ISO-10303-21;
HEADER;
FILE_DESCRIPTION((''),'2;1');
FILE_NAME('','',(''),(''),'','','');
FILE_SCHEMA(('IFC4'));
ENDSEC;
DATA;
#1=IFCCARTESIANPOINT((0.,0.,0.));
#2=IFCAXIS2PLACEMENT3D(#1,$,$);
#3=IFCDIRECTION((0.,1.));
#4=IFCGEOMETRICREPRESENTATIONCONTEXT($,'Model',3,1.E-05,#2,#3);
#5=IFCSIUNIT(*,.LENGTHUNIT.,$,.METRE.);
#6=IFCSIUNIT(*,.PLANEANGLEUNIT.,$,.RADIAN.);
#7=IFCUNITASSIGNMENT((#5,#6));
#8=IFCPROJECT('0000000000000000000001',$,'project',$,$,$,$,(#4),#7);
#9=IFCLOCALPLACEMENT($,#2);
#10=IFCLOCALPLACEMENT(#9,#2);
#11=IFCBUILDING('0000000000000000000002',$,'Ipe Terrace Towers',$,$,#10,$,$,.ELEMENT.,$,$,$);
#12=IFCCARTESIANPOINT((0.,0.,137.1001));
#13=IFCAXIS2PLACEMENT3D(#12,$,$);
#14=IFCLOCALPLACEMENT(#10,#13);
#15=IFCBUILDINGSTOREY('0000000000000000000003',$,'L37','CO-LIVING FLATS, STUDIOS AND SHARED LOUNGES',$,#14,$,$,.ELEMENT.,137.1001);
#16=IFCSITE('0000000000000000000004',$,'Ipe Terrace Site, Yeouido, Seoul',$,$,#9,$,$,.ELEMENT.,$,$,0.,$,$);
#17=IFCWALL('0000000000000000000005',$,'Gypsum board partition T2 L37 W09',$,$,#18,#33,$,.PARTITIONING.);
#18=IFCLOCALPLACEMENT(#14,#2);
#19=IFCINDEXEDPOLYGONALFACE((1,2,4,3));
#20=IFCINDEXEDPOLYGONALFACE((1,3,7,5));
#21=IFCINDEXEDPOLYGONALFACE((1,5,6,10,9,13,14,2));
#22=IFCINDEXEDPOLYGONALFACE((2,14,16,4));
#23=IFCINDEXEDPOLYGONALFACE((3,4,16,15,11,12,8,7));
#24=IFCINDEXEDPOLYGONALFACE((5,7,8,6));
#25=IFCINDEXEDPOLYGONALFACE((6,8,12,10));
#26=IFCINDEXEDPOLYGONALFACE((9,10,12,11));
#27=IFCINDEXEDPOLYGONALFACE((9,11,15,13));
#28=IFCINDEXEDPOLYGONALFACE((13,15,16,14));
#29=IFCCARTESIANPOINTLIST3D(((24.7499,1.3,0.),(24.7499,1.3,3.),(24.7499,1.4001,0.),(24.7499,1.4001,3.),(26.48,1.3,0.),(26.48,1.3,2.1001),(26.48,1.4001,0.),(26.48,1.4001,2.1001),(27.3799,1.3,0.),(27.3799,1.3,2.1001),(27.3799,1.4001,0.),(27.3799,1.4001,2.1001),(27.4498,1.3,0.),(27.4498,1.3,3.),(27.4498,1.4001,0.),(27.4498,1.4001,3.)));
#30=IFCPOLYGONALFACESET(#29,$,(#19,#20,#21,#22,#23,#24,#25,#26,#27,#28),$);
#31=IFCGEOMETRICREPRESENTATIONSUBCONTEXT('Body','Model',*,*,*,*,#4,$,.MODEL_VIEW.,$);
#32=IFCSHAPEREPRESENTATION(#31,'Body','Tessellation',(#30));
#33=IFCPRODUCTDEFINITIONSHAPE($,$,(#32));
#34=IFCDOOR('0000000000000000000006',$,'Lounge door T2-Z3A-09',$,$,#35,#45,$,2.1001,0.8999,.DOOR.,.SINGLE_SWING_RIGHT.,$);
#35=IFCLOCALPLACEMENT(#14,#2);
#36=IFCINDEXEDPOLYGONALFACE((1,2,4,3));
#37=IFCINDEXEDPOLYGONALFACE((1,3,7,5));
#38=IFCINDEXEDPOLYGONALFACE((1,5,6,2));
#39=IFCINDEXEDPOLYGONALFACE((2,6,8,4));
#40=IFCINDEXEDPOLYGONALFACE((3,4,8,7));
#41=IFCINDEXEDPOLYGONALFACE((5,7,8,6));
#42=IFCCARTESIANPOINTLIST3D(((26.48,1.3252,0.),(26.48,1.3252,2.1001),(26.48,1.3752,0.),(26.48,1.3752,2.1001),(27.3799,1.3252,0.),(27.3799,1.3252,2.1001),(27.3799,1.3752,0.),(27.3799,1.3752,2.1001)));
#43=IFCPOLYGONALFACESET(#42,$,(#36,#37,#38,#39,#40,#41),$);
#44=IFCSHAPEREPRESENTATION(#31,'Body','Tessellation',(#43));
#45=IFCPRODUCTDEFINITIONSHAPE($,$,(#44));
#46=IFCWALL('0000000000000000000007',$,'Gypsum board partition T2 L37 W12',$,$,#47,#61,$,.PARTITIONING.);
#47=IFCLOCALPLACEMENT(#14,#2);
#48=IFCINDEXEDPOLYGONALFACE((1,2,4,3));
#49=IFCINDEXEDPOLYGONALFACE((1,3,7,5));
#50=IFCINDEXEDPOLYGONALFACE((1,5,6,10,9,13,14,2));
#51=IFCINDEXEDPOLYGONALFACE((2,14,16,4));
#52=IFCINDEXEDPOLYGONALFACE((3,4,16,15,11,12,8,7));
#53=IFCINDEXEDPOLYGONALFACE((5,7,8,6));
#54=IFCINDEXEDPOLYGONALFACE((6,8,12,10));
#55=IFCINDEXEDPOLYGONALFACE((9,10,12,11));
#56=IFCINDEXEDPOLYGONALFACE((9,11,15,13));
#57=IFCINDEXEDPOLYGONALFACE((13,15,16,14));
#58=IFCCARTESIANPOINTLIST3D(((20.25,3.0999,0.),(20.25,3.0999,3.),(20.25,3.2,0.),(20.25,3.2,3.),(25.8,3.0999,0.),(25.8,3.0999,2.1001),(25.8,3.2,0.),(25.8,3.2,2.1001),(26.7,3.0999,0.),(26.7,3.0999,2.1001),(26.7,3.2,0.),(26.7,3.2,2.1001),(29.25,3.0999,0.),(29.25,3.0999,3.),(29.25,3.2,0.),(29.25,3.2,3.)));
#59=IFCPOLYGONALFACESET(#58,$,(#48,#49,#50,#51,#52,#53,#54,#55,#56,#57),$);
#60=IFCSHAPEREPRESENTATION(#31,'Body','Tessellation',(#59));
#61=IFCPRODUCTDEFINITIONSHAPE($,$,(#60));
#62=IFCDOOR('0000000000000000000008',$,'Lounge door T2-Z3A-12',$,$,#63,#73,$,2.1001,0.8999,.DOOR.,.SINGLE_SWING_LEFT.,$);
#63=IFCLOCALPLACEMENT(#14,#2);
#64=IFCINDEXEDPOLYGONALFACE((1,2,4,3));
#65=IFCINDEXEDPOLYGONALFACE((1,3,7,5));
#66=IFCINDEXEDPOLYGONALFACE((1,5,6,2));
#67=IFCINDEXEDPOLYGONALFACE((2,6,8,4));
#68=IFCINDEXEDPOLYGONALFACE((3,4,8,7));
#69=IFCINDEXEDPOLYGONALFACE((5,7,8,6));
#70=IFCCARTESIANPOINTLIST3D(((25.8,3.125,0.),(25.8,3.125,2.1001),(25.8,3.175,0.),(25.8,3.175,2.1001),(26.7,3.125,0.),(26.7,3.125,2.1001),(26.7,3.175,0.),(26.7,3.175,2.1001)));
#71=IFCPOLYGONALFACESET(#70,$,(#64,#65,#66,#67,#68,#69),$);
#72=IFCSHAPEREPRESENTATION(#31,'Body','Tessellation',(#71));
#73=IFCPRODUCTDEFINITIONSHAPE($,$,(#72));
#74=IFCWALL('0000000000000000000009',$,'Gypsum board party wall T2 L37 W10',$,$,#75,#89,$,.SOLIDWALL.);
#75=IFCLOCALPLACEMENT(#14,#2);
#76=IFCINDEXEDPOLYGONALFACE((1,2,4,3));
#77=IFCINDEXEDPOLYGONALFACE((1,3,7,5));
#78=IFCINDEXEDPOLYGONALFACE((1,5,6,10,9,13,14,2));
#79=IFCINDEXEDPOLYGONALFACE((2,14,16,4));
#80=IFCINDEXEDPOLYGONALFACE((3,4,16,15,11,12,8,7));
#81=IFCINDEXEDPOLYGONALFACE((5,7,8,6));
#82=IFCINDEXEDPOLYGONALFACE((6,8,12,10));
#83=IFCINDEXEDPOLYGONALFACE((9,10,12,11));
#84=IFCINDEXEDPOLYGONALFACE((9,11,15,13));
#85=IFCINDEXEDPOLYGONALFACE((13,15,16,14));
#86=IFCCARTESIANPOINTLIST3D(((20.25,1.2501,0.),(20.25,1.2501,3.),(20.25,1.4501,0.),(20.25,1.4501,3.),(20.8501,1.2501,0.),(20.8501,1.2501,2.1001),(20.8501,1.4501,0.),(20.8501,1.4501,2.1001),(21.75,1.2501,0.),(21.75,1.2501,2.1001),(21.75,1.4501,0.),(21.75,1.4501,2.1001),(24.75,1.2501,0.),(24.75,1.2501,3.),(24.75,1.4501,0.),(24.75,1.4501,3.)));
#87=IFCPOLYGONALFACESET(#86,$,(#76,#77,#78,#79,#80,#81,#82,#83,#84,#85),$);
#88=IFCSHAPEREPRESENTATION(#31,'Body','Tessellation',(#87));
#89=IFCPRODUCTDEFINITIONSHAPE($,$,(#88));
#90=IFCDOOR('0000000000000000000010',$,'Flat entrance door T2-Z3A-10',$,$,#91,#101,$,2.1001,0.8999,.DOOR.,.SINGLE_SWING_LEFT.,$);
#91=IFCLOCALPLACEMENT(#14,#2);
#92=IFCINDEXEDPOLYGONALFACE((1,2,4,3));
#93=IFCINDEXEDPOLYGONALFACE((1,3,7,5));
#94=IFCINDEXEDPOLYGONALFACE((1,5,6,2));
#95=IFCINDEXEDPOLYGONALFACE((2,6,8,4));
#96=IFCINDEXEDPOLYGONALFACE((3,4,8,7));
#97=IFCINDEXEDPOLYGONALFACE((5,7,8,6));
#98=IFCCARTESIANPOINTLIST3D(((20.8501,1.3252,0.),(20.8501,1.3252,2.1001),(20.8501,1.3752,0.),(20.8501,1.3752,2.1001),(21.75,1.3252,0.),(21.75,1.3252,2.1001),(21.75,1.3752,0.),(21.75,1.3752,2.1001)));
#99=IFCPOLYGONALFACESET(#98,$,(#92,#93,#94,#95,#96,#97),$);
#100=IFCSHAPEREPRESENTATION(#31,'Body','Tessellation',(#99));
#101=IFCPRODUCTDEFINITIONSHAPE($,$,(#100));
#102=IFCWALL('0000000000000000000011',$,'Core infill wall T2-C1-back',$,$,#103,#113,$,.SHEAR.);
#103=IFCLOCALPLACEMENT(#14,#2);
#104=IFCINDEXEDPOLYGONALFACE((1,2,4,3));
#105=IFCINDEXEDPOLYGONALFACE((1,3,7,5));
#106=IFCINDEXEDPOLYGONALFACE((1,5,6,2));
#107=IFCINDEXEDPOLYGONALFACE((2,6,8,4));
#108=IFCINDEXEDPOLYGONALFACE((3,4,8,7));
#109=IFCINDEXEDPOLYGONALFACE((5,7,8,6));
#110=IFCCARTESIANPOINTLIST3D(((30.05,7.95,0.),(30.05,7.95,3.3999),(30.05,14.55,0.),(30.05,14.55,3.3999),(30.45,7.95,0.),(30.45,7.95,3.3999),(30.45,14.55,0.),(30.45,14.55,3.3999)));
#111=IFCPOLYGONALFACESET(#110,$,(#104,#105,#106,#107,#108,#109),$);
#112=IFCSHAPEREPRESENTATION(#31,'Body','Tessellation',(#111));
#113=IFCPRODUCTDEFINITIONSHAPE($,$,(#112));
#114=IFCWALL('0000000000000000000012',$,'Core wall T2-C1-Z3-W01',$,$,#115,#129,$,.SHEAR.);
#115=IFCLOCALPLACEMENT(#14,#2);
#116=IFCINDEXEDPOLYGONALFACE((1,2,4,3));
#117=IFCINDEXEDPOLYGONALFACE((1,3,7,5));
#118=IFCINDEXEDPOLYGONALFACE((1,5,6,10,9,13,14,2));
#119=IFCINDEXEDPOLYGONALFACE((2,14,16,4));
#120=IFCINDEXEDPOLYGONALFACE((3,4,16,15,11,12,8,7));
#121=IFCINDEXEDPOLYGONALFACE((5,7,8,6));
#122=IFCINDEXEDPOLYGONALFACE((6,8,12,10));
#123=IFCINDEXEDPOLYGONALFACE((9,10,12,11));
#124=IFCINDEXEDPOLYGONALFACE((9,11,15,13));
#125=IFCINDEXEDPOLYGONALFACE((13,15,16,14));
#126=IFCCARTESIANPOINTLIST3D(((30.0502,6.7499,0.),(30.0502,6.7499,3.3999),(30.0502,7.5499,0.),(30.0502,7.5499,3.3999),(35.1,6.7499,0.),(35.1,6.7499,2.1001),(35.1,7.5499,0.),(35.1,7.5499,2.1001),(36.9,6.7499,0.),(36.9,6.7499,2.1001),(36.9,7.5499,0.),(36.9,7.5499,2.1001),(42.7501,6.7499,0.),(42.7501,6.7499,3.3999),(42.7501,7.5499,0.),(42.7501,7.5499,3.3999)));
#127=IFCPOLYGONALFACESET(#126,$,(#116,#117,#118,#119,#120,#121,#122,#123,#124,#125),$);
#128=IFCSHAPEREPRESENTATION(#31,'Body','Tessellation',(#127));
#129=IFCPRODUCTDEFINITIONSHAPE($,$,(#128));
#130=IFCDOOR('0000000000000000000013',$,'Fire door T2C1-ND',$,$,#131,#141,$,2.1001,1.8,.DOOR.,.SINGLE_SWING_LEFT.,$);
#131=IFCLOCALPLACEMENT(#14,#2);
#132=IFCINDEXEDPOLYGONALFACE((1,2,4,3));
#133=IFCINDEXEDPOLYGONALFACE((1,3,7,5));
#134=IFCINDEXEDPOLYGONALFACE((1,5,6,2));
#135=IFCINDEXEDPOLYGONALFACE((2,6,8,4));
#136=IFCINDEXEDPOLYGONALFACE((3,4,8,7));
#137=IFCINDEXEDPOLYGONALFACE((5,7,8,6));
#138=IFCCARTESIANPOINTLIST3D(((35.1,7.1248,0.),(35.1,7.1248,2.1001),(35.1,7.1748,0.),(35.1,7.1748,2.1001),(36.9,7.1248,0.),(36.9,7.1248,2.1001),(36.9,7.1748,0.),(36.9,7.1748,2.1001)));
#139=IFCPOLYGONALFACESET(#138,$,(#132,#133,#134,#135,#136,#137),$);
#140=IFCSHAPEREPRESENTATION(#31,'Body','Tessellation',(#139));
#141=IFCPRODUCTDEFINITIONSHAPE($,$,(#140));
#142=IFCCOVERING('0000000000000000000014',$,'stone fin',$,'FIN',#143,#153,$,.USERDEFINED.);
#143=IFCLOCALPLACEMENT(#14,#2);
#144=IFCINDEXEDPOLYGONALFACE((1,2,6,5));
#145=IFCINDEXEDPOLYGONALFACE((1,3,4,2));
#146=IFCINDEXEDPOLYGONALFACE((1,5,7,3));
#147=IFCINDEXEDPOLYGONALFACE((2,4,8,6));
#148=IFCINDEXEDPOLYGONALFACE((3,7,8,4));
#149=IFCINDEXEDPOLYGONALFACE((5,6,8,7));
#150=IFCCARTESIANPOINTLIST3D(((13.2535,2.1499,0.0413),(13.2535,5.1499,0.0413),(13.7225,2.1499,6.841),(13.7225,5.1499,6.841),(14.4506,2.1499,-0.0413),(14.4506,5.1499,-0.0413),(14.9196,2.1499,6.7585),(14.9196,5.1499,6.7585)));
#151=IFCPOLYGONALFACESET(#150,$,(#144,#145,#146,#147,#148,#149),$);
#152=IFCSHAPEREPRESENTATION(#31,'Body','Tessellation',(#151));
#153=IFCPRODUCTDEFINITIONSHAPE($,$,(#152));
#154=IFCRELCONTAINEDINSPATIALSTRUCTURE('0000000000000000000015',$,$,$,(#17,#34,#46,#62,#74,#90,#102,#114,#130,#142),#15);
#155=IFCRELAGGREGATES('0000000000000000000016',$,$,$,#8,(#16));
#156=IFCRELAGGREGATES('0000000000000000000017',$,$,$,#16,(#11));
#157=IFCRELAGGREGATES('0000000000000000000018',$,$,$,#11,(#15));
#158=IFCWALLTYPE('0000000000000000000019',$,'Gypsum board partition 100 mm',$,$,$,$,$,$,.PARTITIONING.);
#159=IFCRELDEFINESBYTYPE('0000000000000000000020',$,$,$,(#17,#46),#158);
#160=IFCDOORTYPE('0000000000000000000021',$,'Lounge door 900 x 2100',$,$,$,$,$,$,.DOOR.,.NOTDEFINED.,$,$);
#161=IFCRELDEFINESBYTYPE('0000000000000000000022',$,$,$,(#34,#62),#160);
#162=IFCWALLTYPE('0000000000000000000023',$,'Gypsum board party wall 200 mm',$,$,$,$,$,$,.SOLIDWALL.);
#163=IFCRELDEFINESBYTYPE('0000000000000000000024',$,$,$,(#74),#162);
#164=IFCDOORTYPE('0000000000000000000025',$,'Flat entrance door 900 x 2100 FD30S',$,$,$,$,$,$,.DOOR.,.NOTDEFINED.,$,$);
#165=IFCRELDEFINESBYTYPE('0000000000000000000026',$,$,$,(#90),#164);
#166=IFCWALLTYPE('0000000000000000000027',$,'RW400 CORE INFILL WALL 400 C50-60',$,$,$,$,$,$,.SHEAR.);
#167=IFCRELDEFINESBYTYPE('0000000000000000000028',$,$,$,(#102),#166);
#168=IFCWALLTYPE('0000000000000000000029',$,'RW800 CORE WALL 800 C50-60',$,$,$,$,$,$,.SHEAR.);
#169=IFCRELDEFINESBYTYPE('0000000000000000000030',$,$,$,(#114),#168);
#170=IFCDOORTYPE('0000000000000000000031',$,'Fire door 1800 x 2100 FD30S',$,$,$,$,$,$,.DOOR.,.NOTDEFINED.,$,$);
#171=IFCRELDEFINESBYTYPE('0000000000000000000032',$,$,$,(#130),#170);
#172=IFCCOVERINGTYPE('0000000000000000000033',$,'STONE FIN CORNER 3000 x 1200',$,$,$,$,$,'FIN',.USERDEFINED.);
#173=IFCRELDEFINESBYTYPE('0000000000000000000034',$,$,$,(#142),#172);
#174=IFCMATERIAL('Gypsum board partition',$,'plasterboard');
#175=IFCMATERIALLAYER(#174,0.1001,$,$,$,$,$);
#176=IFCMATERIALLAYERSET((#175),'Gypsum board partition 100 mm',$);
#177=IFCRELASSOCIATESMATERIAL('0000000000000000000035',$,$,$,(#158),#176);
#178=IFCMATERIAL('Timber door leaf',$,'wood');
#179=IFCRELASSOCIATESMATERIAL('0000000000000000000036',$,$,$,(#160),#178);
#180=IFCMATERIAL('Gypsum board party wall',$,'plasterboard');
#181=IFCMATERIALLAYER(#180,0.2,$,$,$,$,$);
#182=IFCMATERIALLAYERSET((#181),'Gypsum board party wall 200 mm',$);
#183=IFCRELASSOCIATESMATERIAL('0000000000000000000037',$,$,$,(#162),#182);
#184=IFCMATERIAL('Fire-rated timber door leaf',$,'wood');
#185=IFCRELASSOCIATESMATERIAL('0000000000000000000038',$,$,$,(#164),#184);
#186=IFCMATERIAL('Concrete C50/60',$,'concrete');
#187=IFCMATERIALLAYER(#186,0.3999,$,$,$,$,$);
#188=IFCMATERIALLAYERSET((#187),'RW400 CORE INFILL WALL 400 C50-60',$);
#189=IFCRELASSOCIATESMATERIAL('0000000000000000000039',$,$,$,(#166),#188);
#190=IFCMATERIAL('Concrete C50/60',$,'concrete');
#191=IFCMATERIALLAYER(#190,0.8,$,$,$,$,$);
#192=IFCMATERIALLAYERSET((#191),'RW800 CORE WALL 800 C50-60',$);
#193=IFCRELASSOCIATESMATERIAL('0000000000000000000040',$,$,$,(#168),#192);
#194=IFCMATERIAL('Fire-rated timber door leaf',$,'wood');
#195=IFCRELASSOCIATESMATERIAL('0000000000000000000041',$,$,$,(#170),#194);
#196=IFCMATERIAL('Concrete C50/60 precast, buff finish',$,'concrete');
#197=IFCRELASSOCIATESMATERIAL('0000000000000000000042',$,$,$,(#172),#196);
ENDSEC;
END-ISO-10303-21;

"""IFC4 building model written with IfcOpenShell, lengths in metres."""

from ifc_helpers import new_model, si_unit, direction, frame, frame_2d, origin, origin_2d, place, context, subcontext, project, spatial, rectangle, extrude, material, layer, layer_set, material_profile, profile_set, type_object, element, fill, save


model = new_model("IFC4")

# Units and contexts
model_context = context("Model", 3, precision=1e-05, world=origin(), true_north=direction((0.0, 1.0)))
body_context = subcontext(model_context, "Body", "Model", "MODEL_VIEW")
ifc_project = project(units=[si_unit("LENGTHUNIT", "METRE"), si_unit("PLANEANGLEUNIT", "RADIAN")], contexts=[model_context])

# Site, building, storey
site_placement = place(None, origin())
site = spatial("IfcSite", under=ifc_project, at=site_placement, Name="Ipe Terrace Site, Yeouido, Seoul", CompositionType="ELEMENT", RefElevation=0.0)
building_placement = place(site_placement, origin())
building = spatial("IfcBuilding", under=site, at=building_placement, Name="Ipe Terrace Towers", CompositionType="ELEMENT")
storey_placement = place(building_placement, frame((0.0, 0.0, 137.1001)))
storey = spatial("IfcBuildingStorey", under=building, at=storey_placement, Name="L37", Description="CO-LIVING FLATS, STUDIOS AND SHARED LOUNGES", CompositionType="ELEMENT", Elevation=137.1001)

# Walls, openings, doors
ifc_material_1 = material(Name="Gypsum board partition", Category="plasterboard")
ifc_layer_1 = layer(ifc_material_1, 0.1001)
ifc_layer_set_1 = layer_set([ifc_layer_1], Name="Gypsum board partition 100 mm")
wall_type_1 = type_object("IfcWallType", Name="Gypsum board partition 100 mm", PredefinedType="PARTITIONING", material=ifc_layer_set_1)
wall_1_placement = place(storey_placement, frame((27.45, 1.3501, 0.0), z_axis=(0.0, 0.0, 1.0), x_axis=(-1.0, 0.0, 0.0)))
wall_1 = element("IfcWall", 1, at=wall_1_placement, inside=storey, type_object=wall_type_1, Name="Gypsum board partition T2 L37 W09", PredefinedType="PARTITIONING", context=body_context, shape_type="SweptSolid", body=[
    extrude(rectangle(XDim=2.7, YDim=0.1001, at=frame_2d((1.3501, 0.0))), origin(), (0.0, 0.0, 1.0), 3.0),
])
opening_1_placement = place(wall_1_placement, frame((0.0701, 0.0, 0.0)))
opening_1 = element("IfcOpeningElement", 2, at=opening_1_placement, cuts=wall_1, PredefinedType="OPENING", context=body_context, shape_type="SweptSolid", body=[
    extrude(rectangle(XDim=0.8999, YDim=2.1001, at=frame_2d((0.45, 1.05))), frame((0.0, 0.0601, 0.0), z_axis=(0.0, -1.0, 0.0), x_axis=(1.0, 0.0, 0.0)), (0.0, 0.0, 1.0), 0.1201),
])
ifc_material_2 = material(Name="Timber door leaf", Category="wood")
door_type_1 = type_object("IfcDoorType", Name="Lounge door 900 x 2100", OperationType="NOTDEFINED", PredefinedType="DOOR", material=ifc_material_2)
door_1_placement = place(opening_1_placement, origin())
door_1 = element("IfcDoor", 3, at=door_1_placement, inside=storey, type_object=door_type_1, Name="Lounge door T2-Z3A-09", OperationType="SINGLE_SWING_RIGHT", OverallHeight=2.1001, OverallWidth=0.8999, PredefinedType="DOOR", context=body_context, shape_type="SweptSolid", body=[
    extrude(rectangle(XDim=0.8999, YDim=2.1001, at=frame_2d((0.45, 1.05))), frame((0.0, 0.0249, 0.0), z_axis=(0.0, -1.0, 0.0), x_axis=(1.0, 0.0, 0.0)), (0.0, 0.0, 1.0), 0.05),
])
fill(opening_1, door_1)
wall_2_placement = place(storey_placement, frame((29.25, 3.1499, 0.0), z_axis=(0.0, 0.0, 1.0), x_axis=(-1.0, 0.0, 0.0)))
wall_2 = element("IfcWall", 4, at=wall_2_placement, inside=storey, type_object=wall_type_1, Name="Gypsum board partition T2 L37 W12", PredefinedType="PARTITIONING", context=body_context, shape_type="SweptSolid", body=[
    extrude(rectangle(XDim=9.0, YDim=0.1001, at=frame_2d((4.5, 0.0))), origin(), (0.0, 0.0, 1.0), 3.0),
])
opening_2_placement = place(wall_2_placement, frame((2.55, 0.0, 0.0)))
opening_2 = element("IfcOpeningElement", 5, at=opening_2_placement, cuts=wall_2, PredefinedType="OPENING", context=body_context, shape_type="SweptSolid", body=[
    extrude(rectangle(XDim=0.8999, YDim=2.1001, at=frame_2d((0.45, 1.05))), frame((0.0, 0.0601, 0.0), z_axis=(0.0, -1.0, 0.0), x_axis=(1.0, 0.0, 0.0)), (0.0, 0.0, 1.0), 0.1201),
])
door_2_placement = place(opening_2_placement, origin())
door_2 = element("IfcDoor", 6, at=door_2_placement, inside=storey, type_object=door_type_1, Name="Lounge door T2-Z3A-12", OperationType="SINGLE_SWING_LEFT", OverallHeight=2.1001, OverallWidth=0.8999, PredefinedType="DOOR", context=body_context, shape_type="SweptSolid", body=[
    extrude(rectangle(XDim=0.8999, YDim=2.1001, at=frame_2d((0.45, 1.05))), frame((0.0, 0.0249, 0.0), z_axis=(0.0, -1.0, 0.0), x_axis=(1.0, 0.0, 0.0)), (0.0, 0.0, 1.0), 0.05),
])
fill(opening_2, door_2)
ifc_material_3 = material(Name="Gypsum board party wall", Category="plasterboard")
ifc_layer_2 = layer(ifc_material_3, 0.2)
ifc_layer_set_2 = layer_set([ifc_layer_2], Name="Gypsum board party wall 200 mm")
wall_type_2 = type_object("IfcWallType", Name="Gypsum board party wall 200 mm", PredefinedType="SOLIDWALL", material=ifc_layer_set_2)
wall_3_placement = place(storey_placement, frame((24.75, 1.3501, 0.0), z_axis=(0.0, 0.0, 1.0), x_axis=(-1.0, 0.0, 0.0)))
wall_3 = element("IfcWall", 7, at=wall_3_placement, inside=storey, type_object=wall_type_2, Name="Gypsum board party wall T2 L37 W10", PredefinedType="SOLIDWALL", context=body_context, shape_type="SweptSolid", body=[
    extrude(rectangle(XDim=4.5, YDim=0.2, at=frame_2d((2.25, 0.0))), origin(), (0.0, 0.0, 1.0), 3.0),
])
opening_3_placement = place(wall_3_placement, frame((3.0, 0.0, 0.0)))
opening_3 = element("IfcOpeningElement", 8, at=opening_3_placement, cuts=wall_3, PredefinedType="OPENING", context=body_context, shape_type="SweptSolid", body=[
    extrude(rectangle(XDim=0.8999, YDim=2.1001, at=frame_2d((0.45, 1.05))), frame((0.0, 0.1099, 0.0), z_axis=(0.0, -1.0, 0.0), x_axis=(1.0, 0.0, 0.0)), (0.0, 0.0, 1.0), 0.22),
])
ifc_material_4 = material(Name="Fire-rated timber door leaf", Category="wood")
door_type_2 = type_object("IfcDoorType", Name="Flat entrance door 900 x 2100 FD30S", OperationType="NOTDEFINED", PredefinedType="DOOR", material=ifc_material_4)
door_3_placement = place(opening_3_placement, origin())
door_3 = element("IfcDoor", 9, at=door_3_placement, inside=storey, type_object=door_type_2, Name="Flat entrance door T2-Z3A-10", OperationType="SINGLE_SWING_LEFT", OverallHeight=2.1001, OverallWidth=0.8999, PredefinedType="DOOR", context=body_context, shape_type="SweptSolid", body=[
    extrude(rectangle(XDim=0.8999, YDim=2.1001, at=frame_2d((0.45, 1.05))), frame((0.0, 0.0249, 0.0), z_axis=(0.0, -1.0, 0.0), x_axis=(1.0, 0.0, 0.0)), (0.0, 0.0, 1.0), 0.05),
])
fill(opening_3, door_3)

# Wall
ifc_material_5 = material(Name="Concrete C50/60", Category="concrete")
ifc_layer_3 = layer(ifc_material_5, 0.3999)
ifc_layer_set_3 = layer_set([ifc_layer_3], Name="RW400 CORE INFILL WALL 400 C50-60")
wall_type_3 = type_object("IfcWallType", Name="RW400 CORE INFILL WALL 400 C50-60", PredefinedType="SHEAR", material=ifc_layer_set_3)
wall_4_placement = place(storey_placement, frame((30.25, 7.95, 0.0), z_axis=(0.0, 0.0, 1.0), x_axis=(0.0, 1.0, 0.0)))
element("IfcWall", 10, at=wall_4_placement, inside=storey, type_object=wall_type_3, Name="Core infill wall T2-C1-back", PredefinedType="SHEAR", context=body_context, shape_type="SweptSolid", body=[
    extrude(rectangle(XDim=6.6001, YDim=0.3999, at=frame_2d((3.3, 0.0))), origin(), (0.0, 0.0, 1.0), 3.3999),
])

# Wall, opening, door
ifc_material_6 = material(Name="Concrete C50/60", Category="concrete")
ifc_layer_4 = layer(ifc_material_6, 0.8)
ifc_layer_set_4 = layer_set([ifc_layer_4], Name="RW800 CORE WALL 800 C50-60")
wall_type_4 = type_object("IfcWallType", Name="RW800 CORE WALL 800 C50-60", PredefinedType="SHEAR", material=ifc_layer_set_4)
wall_5_placement = place(storey_placement, frame((30.05, 7.1499, 0.0), z_axis=(0.0, 0.0, 1.0), x_axis=(1.0, 0.0, 0.0)))
wall_5 = element("IfcWall", 11, at=wall_5_placement, inside=storey, type_object=wall_type_4, Name="Core wall T2-C1-Z3-W01", PredefinedType="SHEAR", context=body_context, shape_type="SweptSolid", body=[
    extrude(rectangle(XDim=12.7, YDim=0.8, at=frame_2d((6.3501, 0.0))), origin(), (0.0, 0.0, 1.0), 3.3999),
])
opening_4_placement = place(wall_5_placement, frame((5.05, 0.0, 0.0)))
opening_4 = element("IfcOpeningElement", 12, at=opening_4_placement, cuts=wall_5, PredefinedType="OPENING", context=body_context, shape_type="SweptSolid", body=[
    extrude(rectangle(XDim=1.8, YDim=2.1001, at=frame_2d((0.8999, 1.05))), frame((0.0, 0.4102, 0.0), z_axis=(0.0, -1.0, 0.0), x_axis=(1.0, 0.0, 0.0)), (0.0, 0.0, 1.0), 0.8201),
])
ifc_material_7 = material(Name="Fire-rated timber door leaf", Category="wood")
door_type_3 = type_object("IfcDoorType", Name="Fire door 1800 x 2100 FD30S", OperationType="NOTDEFINED", PredefinedType="DOOR", material=ifc_material_7)
door_4_placement = place(opening_4_placement, origin())
door_4 = element("IfcDoor", 13, at=door_4_placement, inside=storey, type_object=door_type_3, Name="Fire door T2C1-ND", OperationType="SINGLE_SWING_LEFT", OverallHeight=2.1001, OverallWidth=1.8, PredefinedType="DOOR", context=body_context, shape_type="SweptSolid", body=[
    extrude(rectangle(XDim=1.8, YDim=2.1001, at=frame_2d((0.8999, 1.05))), frame((0.0, 0.0249, 0.0), z_axis=(0.0, -1.0, 0.0), x_axis=(1.0, 0.0, 0.0)), (0.0, 0.0, 1.0), 0.05),
])
fill(opening_4, door_4)

# Covering
ifc_material_8 = material(Name="Concrete C50/60 precast, buff finish", Category="concrete")
ifc_material_profile_1 = material_profile(ifc_material_8, rectangle(XDim=3.0, YDim=1.2, at=origin_2d()), Name="STONE FIN CORNER 3000 x 1200")
ifc_profile_set_1 = profile_set([ifc_material_profile_1], Name="Concrete C50/60 precast, buff finish")
covering_type_1 = type_object("IfcCoveringType", Name="STONE FIN CORNER 3000 x 1200", ElementType="FIN", PredefinedType="USERDEFINED", material=ifc_profile_set_1)
covering_placement = place(storey_placement, frame((13.8521, 3.6499, 0.0), z_axis=(0.068808, 0.0, 0.99763), x_axis=(0.0, -1.0, 0.0)))
element("IfcCovering", 14, at=covering_placement, inside=storey, type_object=covering_type_1, Name="stone fin", ObjectType="FIN", PredefinedType="USERDEFINED", context=body_context, shape_type="SweptSolid", body=[
    extrude(rectangle(XDim=3.0, YDim=1.2, at=origin_2d()), origin(), (0.0, 0.0, 1.0), 6.8159),
])

save(model, "model.ifc")
